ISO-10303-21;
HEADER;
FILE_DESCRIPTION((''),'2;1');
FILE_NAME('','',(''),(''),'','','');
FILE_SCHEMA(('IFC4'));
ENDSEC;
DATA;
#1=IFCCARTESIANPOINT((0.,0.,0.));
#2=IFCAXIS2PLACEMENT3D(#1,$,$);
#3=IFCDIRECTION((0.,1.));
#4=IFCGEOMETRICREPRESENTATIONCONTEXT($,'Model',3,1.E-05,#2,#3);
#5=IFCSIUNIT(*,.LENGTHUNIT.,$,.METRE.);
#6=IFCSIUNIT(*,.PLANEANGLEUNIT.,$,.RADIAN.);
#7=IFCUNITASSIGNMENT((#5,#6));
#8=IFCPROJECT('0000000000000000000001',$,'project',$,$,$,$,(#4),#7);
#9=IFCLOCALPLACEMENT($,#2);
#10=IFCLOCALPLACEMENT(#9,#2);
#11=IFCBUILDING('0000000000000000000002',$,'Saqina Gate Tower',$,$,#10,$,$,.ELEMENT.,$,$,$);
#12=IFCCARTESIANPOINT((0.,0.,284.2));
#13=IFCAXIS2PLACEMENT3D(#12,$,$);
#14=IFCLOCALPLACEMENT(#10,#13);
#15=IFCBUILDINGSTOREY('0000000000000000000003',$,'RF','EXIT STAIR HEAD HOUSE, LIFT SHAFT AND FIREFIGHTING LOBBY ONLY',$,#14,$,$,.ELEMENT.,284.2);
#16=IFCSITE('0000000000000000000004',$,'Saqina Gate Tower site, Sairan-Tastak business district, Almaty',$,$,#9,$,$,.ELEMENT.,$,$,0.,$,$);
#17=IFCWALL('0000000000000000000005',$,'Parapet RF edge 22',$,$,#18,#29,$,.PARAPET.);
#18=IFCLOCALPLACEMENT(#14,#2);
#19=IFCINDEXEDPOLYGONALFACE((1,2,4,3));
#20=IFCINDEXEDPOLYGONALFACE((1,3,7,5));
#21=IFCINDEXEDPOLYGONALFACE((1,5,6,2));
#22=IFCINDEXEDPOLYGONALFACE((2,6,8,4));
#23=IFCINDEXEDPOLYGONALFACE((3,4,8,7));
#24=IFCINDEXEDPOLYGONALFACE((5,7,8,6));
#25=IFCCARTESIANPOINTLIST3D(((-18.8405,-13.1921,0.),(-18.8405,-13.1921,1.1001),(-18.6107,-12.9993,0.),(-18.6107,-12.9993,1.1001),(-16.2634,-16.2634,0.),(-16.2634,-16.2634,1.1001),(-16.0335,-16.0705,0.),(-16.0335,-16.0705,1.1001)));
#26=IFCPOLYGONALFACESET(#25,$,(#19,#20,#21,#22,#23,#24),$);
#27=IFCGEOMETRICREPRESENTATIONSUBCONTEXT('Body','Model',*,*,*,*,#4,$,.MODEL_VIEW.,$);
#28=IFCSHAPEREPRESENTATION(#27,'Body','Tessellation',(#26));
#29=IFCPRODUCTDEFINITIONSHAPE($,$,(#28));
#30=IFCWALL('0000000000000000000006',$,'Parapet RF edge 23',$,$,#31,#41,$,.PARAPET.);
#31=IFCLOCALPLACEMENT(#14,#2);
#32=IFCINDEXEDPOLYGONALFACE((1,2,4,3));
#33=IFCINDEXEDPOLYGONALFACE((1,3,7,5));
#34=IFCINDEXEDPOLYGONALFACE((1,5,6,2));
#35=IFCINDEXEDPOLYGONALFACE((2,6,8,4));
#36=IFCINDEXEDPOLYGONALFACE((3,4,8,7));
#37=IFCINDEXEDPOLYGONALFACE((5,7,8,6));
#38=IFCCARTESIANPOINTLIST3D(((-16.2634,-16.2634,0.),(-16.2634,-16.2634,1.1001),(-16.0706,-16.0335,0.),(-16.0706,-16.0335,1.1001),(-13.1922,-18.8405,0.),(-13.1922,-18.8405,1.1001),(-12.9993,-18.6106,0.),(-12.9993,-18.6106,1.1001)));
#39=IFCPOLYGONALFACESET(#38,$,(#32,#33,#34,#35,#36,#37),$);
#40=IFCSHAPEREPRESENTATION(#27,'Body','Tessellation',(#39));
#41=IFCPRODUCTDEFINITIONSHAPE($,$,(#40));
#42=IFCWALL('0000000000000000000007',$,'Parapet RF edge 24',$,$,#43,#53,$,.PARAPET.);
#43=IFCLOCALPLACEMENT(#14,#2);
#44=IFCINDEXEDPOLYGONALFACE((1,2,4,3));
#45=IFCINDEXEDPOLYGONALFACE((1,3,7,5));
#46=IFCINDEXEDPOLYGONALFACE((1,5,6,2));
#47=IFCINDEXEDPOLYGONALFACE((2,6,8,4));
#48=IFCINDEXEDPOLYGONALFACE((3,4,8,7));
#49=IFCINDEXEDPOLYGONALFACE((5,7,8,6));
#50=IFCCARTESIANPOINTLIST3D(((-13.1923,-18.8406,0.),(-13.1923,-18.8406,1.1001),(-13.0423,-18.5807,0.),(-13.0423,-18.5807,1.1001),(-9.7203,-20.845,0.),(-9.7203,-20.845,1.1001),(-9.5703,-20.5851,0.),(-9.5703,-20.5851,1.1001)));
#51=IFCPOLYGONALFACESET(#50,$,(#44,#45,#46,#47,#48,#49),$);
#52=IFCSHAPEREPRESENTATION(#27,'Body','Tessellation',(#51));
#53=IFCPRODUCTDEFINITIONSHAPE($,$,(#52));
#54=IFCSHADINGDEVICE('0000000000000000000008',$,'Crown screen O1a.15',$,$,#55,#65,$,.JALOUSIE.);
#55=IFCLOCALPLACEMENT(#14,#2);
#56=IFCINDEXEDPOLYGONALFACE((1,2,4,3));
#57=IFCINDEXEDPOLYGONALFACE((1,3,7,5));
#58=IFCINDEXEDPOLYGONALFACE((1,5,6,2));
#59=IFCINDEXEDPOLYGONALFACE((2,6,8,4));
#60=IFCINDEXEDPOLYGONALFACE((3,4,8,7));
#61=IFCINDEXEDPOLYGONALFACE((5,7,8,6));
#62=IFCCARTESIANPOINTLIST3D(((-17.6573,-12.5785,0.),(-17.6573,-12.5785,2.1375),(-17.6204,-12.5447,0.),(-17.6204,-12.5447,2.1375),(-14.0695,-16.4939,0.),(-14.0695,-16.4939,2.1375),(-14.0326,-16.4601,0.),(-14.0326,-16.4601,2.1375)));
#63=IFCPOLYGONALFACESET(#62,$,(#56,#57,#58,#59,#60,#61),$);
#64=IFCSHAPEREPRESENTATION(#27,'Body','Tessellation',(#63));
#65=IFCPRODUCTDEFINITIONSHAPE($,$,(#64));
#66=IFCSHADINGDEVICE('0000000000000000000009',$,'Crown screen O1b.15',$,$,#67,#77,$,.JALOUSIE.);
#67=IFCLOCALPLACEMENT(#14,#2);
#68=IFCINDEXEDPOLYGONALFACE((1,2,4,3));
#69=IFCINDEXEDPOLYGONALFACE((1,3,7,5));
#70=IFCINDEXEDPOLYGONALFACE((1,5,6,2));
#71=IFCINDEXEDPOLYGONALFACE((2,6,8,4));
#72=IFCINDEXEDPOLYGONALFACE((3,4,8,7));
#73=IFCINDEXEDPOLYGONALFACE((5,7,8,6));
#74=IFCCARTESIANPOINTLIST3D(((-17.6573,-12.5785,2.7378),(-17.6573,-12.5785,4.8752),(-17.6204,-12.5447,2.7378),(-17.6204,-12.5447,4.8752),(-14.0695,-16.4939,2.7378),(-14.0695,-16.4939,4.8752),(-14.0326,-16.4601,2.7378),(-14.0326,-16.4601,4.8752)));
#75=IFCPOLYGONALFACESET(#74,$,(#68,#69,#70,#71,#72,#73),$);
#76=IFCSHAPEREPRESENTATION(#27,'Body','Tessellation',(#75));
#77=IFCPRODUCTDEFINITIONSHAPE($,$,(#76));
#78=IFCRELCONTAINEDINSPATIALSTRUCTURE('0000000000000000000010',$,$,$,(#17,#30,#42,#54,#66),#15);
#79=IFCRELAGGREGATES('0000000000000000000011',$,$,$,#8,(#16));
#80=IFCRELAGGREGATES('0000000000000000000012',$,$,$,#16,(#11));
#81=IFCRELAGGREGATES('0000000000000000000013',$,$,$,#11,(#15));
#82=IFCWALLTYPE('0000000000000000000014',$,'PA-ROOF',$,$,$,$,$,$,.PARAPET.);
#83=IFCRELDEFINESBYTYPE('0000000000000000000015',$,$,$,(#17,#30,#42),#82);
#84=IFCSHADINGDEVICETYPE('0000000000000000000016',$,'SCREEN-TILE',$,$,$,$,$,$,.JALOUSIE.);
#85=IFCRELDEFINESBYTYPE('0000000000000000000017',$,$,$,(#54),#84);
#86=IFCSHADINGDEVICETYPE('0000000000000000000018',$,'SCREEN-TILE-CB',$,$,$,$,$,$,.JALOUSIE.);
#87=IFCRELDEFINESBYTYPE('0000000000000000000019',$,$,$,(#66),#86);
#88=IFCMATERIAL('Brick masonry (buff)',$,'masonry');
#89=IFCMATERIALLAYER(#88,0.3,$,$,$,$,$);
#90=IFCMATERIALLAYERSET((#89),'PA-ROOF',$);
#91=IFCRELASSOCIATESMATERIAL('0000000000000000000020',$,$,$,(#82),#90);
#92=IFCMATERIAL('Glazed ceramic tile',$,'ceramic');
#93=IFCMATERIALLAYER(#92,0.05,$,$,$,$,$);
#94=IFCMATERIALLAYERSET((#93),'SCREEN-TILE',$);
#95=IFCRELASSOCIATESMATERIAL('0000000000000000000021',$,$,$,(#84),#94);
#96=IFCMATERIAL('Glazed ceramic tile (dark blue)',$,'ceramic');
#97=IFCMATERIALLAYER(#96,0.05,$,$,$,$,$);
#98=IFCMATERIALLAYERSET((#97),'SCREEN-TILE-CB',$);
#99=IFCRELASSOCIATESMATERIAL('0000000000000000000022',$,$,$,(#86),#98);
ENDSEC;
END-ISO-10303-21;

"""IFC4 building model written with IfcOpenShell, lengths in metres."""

from ifc_helpers import new_model, si_unit, direction, frame, frame_2d, origin, origin_2d, place, context, subcontext, project, spatial, rectangle, extrude, material, layer, layer_set, type_object, element, save


model = new_model("IFC4")

# Units and contexts
model_context = context("Model", 3, precision=1e-05, world=origin(), true_north=direction((0.0, 1.0)))
body_context = subcontext(model_context, "Body", "Model", "MODEL_VIEW")
ifc_project = project(units=[si_unit("LENGTHUNIT", "METRE"), si_unit("PLANEANGLEUNIT", "RADIAN")], contexts=[model_context])

# Site, building, storey
site_placement = place(None, origin())
site = spatial("IfcSite", under=ifc_project, at=site_placement, Name="Saqina Gate Tower site, Sairan-Tastak business district, Almaty", CompositionType="ELEMENT", RefElevation=0.0)
building_placement = place(site_placement, origin())
building = spatial("IfcBuilding", under=site, at=building_placement, Name="Saqina Gate Tower", CompositionType="ELEMENT")
storey_placement = place(building_placement, frame((0.0, 0.0, 284.2)))
storey = spatial("IfcBuildingStorey", under=building, at=storey_placement, Name="RF", Description="EXIT STAIR HEAD HOUSE, LIFT SHAFT AND FIREFIGHTING LOBBY ONLY", CompositionType="ELEMENT", Elevation=284.2)

# Walls
ifc_material_1 = material(Name="Brick masonry (buff)", Category="masonry")
ifc_layer_1 = layer(ifc_material_1, 0.3)
ifc_layer_set_1 = layer_set([ifc_layer_1], Name="PA-ROOF")
wall_type_1 = type_object("IfcWallType", Name="PA-ROOF", PredefinedType="PARAPET", material=ifc_layer_set_1)
for number, where, z_axis, x_axis, name in (
    (1, (-18.7256, -13.0957, 0.0), (0.0, 0.0, 1.0), (0.642792, -0.766041, 0.0), "Parapet RF edge 22"),
    (2, (-16.167, -16.1484, 0.0), (0.0, 0.0, 1.0), (0.766041, -0.642792, 0.0), "Parapet RF edge 23"),
):
    element("IfcWall", number, at=place(storey_placement, frame(where, z_axis=z_axis, x_axis=x_axis)), inside=storey, type_object=wall_type_1, Name=name, PredefinedType="PARAPET", context=body_context, shape_type="SweptSolid", body=[
        extrude(rectangle(XDim=4.0093, YDim=0.3, at=frame_2d((2.0046, 0.0))), origin(), (0.0, 0.0, 1.0), 1.1001),
    ])
wall_1_placement = place(storey_placement, frame((-13.1172, -18.7107, 0.0), z_axis=(0.0, 0.0, 1.0), x_axis=(0.866039, -0.499977, 0.0)))
element("IfcWall", 3, at=wall_1_placement, inside=storey, type_object=wall_type_1, Name="Parapet RF edge 24", PredefinedType="PARAPET", context=body_context, shape_type="SweptSolid", body=[
    extrude(rectangle(XDim=4.009, YDim=0.3, at=frame_2d((2.0044, 0.0))), origin(), (0.0, 0.0, 1.0), 1.1001),
])

# Shading devices
ifc_material_2 = material(Name="Glazed ceramic tile", Category="ceramic")
ifc_layer_2 = layer(ifc_material_2, 0.05)
ifc_layer_set_2 = layer_set([ifc_layer_2], Name="SCREEN-TILE")
shading_device_type_1 = type_object("IfcShadingDeviceType", Name="SCREEN-TILE", PredefinedType="JALOUSIE", material=ifc_layer_set_2)
shading_device_1_placement = place(storey_placement, frame((-15.845, -14.5193, 0.0), z_axis=(0.0, 0.0, 1.0), x_axis=(0.67559, -0.737277, 0.0)))
element("IfcShadingDevice", 4, at=shading_device_1_placement, inside=storey, type_object=shading_device_type_1, Name="Crown screen O1a.15", PredefinedType="JALOUSIE", context=body_context, shape_type="SweptSolid", body=[
    extrude(rectangle(XDim=5.3105, YDim=0.05, at=origin_2d()), origin(), (0.0, 0.0, 1.0), 2.1375),
])
ifc_material_3 = material(Name="Glazed ceramic tile (dark blue)", Category="ceramic")
ifc_layer_3 = layer(ifc_material_3, 0.05)
ifc_layer_set_3 = layer_set([ifc_layer_3], Name="SCREEN-TILE-CB")
shading_device_type_2 = type_object("IfcShadingDeviceType", Name="SCREEN-TILE-CB", PredefinedType="JALOUSIE", material=ifc_layer_set_3)
shading_device_2_placement = place(storey_placement, frame((-15.845, -14.5193, 2.7378), z_axis=(0.0, 0.0, 1.0), x_axis=(0.67559, -0.737277, 0.0)))
element("IfcShadingDevice", 5, at=shading_device_2_placement, inside=storey, type_object=shading_device_type_2, Name="Crown screen O1b.15", PredefinedType="JALOUSIE", context=body_context, shape_type="SweptSolid", body=[
    extrude(rectangle(XDim=5.3105, YDim=0.05, at=origin_2d()), origin(), (0.0, 0.0, 1.0), 2.1375),
])

save(model, "model.ifc")
